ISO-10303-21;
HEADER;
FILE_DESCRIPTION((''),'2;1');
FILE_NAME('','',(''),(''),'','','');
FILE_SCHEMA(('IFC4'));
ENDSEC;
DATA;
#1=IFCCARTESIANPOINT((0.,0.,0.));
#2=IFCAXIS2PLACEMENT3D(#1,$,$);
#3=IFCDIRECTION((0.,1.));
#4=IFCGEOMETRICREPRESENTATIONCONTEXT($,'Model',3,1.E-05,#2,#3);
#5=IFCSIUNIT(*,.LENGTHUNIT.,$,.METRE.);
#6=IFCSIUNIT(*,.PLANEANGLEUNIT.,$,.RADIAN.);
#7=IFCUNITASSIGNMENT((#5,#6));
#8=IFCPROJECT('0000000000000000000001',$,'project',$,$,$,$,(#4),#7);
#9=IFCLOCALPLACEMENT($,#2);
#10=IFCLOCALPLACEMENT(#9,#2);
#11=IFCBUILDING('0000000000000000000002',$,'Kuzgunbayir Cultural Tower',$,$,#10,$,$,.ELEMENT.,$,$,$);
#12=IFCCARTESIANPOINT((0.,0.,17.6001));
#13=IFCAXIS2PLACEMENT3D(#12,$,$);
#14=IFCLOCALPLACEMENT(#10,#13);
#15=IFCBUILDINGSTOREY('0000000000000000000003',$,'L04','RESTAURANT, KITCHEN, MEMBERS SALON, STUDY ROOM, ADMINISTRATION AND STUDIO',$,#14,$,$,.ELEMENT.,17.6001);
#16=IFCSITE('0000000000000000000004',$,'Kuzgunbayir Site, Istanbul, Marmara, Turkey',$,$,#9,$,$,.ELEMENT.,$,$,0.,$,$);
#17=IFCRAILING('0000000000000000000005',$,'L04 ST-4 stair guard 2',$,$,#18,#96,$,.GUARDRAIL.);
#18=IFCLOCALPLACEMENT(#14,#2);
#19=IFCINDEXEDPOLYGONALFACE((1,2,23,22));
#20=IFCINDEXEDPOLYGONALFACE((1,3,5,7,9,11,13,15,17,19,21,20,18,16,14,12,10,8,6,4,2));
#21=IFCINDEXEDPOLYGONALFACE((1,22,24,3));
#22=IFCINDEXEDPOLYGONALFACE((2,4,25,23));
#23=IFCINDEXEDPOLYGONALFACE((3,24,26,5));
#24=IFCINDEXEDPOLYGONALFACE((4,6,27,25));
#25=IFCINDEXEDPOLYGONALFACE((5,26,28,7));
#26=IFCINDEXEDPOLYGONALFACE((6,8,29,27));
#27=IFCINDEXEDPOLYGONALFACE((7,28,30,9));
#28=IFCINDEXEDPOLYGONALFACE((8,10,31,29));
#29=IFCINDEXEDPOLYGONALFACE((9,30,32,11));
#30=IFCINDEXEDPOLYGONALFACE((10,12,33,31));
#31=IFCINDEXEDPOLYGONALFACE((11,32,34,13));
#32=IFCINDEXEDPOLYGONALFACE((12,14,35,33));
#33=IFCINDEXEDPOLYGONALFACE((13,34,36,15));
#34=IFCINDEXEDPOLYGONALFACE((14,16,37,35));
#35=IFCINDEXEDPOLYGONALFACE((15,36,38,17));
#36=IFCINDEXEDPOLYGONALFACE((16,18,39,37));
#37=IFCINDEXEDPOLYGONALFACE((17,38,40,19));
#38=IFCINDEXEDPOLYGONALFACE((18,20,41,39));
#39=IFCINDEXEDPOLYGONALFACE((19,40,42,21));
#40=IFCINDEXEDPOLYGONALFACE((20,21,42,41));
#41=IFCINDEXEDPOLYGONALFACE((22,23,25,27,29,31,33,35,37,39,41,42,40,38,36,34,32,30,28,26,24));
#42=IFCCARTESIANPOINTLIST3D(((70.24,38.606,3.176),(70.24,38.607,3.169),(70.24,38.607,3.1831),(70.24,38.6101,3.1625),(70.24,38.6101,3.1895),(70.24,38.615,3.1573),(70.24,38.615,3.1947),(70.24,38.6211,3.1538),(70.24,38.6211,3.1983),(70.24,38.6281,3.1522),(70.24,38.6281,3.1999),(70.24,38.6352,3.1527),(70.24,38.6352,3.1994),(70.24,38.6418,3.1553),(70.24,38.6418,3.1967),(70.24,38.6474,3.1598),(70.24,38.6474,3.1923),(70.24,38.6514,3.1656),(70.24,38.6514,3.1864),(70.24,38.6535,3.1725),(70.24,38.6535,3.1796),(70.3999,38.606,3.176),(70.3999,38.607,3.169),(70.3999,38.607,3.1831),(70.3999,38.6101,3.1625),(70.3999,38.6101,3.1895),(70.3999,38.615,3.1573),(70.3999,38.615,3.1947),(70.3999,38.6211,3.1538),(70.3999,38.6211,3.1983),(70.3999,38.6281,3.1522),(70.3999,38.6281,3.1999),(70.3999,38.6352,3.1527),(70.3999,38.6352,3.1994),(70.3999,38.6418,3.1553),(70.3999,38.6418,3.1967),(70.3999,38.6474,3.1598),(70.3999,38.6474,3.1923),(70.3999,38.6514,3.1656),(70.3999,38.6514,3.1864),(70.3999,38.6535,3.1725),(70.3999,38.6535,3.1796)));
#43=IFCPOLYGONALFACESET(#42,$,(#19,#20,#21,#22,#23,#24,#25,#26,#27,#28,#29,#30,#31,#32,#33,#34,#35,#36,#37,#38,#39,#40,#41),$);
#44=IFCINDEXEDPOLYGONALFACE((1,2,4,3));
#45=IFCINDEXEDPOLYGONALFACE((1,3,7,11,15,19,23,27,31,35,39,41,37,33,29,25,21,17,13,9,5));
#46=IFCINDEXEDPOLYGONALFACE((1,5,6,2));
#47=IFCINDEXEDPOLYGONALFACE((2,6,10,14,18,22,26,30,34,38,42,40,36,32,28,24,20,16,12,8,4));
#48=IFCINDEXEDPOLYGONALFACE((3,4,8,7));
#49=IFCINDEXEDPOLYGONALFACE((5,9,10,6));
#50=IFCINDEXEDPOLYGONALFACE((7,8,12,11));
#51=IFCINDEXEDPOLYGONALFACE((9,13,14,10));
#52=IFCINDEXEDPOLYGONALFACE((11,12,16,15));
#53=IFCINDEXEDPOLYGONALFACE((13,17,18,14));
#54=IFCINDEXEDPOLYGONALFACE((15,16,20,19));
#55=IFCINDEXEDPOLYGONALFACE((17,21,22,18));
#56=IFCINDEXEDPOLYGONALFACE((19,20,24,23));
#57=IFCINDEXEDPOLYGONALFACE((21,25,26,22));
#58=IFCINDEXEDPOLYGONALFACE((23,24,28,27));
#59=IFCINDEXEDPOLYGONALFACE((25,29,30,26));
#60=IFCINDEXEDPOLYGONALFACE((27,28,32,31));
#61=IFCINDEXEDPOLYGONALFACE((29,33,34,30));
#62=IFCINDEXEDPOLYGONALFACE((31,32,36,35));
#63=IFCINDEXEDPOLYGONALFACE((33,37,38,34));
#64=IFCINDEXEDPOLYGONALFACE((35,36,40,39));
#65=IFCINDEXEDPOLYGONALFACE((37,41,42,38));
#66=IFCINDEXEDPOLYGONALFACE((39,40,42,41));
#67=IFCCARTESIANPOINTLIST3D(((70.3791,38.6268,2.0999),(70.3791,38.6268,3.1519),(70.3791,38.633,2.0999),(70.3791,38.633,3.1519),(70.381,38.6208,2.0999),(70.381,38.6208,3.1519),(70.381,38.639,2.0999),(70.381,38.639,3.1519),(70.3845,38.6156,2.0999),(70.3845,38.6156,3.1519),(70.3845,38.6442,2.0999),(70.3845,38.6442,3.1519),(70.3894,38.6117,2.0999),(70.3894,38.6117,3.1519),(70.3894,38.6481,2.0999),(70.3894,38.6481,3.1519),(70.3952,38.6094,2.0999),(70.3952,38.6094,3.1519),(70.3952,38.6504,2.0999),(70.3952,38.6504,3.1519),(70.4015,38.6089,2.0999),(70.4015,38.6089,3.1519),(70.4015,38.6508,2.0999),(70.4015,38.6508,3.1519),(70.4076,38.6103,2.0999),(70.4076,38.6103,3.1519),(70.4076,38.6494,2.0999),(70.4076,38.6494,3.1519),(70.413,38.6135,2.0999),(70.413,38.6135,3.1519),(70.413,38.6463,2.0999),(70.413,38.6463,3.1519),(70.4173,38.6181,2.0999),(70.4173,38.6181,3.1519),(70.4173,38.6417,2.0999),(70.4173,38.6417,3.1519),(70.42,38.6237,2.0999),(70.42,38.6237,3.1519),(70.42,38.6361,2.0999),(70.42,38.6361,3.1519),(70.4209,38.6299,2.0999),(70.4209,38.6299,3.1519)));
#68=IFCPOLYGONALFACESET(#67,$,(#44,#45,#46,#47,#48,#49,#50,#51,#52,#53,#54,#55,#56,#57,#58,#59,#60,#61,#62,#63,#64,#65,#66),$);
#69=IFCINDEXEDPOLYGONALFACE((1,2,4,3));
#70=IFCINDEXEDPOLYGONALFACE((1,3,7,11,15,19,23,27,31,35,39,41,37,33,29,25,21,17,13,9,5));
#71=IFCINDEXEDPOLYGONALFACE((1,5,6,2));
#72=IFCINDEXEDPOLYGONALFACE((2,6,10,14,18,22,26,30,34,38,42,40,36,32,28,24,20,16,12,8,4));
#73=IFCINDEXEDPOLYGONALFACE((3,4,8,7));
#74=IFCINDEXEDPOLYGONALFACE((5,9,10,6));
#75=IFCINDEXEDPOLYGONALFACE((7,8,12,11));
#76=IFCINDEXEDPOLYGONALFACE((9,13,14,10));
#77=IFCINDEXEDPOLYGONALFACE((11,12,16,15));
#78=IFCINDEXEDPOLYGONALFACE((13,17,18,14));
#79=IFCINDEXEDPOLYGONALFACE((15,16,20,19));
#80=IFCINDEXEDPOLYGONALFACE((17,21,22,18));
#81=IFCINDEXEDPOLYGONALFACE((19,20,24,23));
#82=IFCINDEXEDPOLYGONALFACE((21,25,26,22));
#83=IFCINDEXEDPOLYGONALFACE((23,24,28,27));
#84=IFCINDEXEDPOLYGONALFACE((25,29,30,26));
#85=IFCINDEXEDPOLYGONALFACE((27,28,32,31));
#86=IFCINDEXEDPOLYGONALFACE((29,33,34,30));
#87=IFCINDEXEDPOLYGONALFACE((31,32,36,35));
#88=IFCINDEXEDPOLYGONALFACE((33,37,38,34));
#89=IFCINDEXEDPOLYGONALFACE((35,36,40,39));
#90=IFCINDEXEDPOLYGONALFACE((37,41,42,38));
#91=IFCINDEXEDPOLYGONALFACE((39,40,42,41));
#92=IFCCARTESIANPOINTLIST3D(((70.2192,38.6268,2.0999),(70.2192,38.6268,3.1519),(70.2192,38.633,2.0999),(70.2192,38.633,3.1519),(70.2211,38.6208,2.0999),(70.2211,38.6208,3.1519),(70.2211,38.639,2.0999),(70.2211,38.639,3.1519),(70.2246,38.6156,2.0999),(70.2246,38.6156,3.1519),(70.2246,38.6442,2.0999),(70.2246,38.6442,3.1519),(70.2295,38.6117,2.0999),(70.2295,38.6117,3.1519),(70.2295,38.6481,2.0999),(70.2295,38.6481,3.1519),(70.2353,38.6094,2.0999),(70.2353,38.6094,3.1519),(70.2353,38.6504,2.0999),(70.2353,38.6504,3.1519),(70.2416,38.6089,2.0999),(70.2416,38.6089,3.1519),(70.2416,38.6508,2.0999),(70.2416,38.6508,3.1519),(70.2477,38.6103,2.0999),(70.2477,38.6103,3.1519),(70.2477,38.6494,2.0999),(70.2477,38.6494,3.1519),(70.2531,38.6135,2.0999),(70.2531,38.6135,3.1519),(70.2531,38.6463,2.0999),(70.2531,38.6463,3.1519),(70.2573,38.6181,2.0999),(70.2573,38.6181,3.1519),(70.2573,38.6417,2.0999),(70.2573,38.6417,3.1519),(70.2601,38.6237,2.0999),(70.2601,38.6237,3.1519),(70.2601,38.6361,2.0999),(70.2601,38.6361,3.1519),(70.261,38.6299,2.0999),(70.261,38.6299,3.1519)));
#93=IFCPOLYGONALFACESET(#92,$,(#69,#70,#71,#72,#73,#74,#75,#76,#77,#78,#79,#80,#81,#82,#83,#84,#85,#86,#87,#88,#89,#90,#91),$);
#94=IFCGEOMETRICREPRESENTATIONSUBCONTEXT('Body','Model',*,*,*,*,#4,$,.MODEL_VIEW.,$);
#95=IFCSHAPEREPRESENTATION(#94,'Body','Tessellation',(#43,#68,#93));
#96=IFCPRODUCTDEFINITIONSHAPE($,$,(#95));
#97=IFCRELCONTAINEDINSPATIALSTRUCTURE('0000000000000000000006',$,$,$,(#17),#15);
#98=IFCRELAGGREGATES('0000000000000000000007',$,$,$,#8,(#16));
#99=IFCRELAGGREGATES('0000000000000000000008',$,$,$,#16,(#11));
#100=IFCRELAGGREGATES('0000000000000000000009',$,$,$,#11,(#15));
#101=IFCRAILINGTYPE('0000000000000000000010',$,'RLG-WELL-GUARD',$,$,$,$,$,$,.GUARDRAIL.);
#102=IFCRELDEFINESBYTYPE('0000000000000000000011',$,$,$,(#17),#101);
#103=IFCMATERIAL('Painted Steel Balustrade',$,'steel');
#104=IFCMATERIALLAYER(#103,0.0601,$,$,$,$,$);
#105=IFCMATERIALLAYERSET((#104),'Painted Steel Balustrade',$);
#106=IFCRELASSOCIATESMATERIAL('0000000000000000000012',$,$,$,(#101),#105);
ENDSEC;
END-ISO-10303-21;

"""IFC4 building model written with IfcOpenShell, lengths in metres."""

from ifc_helpers import new_model, si_unit, direction, frame, origin, origin_2d, place, context, subcontext, project, spatial, circle, extrude, material, layer, layer_set, type_object, element, save


model = new_model("IFC4")

# Units and contexts
model_context = context("Model", 3, precision=1e-05, world=origin(), true_north=direction((0.0, 1.0)))
body_context = subcontext(model_context, "Body", "Model", "MODEL_VIEW")
ifc_project = project(units=[si_unit("LENGTHUNIT", "METRE"), si_unit("PLANEANGLEUNIT", "RADIAN")], contexts=[model_context])

# Site, building, storey
site_placement = place(None, origin())
site = spatial("IfcSite", under=ifc_project, at=site_placement, Name="Kuzgunbayir Site, Istanbul, Marmara, Turkey", CompositionType="ELEMENT", RefElevation=0.0)
building_placement = place(site_placement, origin())
building = spatial("IfcBuilding", under=site, at=building_placement, Name="Kuzgunbayir Cultural Tower", CompositionType="ELEMENT")
storey_placement = place(building_placement, frame((0.0, 0.0, 17.6001)))
storey = spatial("IfcBuildingStorey", under=building, at=storey_placement, Name="L04", Description="RESTAURANT, KITCHEN, MEMBERS SALON, STUDY ROOM, ADMINISTRATION AND STUDIO", CompositionType="ELEMENT", Elevation=17.6001)

# Railing
ifc_material_1 = material(Name="Painted Steel Balustrade", Category="steel")
ifc_layer_1 = layer(ifc_material_1, 0.0601)
ifc_layer_set_1 = layer_set([ifc_layer_1], Name="Painted Steel Balustrade")
railing_type_1 = type_object("IfcRailingType", Name="RLG-WELL-GUARD", PredefinedType="GUARDRAIL", material=ifc_layer_set_1)
railing_1_placement = place(storey_placement, frame((70.3999, 38.6299, 2.0999)))
element("IfcRailing", 1, at=railing_1_placement, inside=storey, type_object=railing_type_1, Name="L04 ST-4 stair guard 2", PredefinedType="GUARDRAIL", context=body_context, shape_type="SweptSolid", body=[
    extrude(circle(Radius=0.0239, at=origin_2d()), frame((0.0, 0.0, 1.0762), z_axis=(-1.0, 0.0, 0.0), x_axis=(0.0, -1.0, 0.0)), (0.0, 0.0, 1.0), 0.1599),
    extrude(circle(Radius=0.021, at=origin_2d()), origin(), (0.0, 0.0, 1.0), 1.052),
    extrude(circle(Radius=0.021, at=origin_2d()), frame((-0.1599, 0.0, 0.0)), (0.0, 0.0, 1.0), 1.052),
])

save(model, "model.ifc")
